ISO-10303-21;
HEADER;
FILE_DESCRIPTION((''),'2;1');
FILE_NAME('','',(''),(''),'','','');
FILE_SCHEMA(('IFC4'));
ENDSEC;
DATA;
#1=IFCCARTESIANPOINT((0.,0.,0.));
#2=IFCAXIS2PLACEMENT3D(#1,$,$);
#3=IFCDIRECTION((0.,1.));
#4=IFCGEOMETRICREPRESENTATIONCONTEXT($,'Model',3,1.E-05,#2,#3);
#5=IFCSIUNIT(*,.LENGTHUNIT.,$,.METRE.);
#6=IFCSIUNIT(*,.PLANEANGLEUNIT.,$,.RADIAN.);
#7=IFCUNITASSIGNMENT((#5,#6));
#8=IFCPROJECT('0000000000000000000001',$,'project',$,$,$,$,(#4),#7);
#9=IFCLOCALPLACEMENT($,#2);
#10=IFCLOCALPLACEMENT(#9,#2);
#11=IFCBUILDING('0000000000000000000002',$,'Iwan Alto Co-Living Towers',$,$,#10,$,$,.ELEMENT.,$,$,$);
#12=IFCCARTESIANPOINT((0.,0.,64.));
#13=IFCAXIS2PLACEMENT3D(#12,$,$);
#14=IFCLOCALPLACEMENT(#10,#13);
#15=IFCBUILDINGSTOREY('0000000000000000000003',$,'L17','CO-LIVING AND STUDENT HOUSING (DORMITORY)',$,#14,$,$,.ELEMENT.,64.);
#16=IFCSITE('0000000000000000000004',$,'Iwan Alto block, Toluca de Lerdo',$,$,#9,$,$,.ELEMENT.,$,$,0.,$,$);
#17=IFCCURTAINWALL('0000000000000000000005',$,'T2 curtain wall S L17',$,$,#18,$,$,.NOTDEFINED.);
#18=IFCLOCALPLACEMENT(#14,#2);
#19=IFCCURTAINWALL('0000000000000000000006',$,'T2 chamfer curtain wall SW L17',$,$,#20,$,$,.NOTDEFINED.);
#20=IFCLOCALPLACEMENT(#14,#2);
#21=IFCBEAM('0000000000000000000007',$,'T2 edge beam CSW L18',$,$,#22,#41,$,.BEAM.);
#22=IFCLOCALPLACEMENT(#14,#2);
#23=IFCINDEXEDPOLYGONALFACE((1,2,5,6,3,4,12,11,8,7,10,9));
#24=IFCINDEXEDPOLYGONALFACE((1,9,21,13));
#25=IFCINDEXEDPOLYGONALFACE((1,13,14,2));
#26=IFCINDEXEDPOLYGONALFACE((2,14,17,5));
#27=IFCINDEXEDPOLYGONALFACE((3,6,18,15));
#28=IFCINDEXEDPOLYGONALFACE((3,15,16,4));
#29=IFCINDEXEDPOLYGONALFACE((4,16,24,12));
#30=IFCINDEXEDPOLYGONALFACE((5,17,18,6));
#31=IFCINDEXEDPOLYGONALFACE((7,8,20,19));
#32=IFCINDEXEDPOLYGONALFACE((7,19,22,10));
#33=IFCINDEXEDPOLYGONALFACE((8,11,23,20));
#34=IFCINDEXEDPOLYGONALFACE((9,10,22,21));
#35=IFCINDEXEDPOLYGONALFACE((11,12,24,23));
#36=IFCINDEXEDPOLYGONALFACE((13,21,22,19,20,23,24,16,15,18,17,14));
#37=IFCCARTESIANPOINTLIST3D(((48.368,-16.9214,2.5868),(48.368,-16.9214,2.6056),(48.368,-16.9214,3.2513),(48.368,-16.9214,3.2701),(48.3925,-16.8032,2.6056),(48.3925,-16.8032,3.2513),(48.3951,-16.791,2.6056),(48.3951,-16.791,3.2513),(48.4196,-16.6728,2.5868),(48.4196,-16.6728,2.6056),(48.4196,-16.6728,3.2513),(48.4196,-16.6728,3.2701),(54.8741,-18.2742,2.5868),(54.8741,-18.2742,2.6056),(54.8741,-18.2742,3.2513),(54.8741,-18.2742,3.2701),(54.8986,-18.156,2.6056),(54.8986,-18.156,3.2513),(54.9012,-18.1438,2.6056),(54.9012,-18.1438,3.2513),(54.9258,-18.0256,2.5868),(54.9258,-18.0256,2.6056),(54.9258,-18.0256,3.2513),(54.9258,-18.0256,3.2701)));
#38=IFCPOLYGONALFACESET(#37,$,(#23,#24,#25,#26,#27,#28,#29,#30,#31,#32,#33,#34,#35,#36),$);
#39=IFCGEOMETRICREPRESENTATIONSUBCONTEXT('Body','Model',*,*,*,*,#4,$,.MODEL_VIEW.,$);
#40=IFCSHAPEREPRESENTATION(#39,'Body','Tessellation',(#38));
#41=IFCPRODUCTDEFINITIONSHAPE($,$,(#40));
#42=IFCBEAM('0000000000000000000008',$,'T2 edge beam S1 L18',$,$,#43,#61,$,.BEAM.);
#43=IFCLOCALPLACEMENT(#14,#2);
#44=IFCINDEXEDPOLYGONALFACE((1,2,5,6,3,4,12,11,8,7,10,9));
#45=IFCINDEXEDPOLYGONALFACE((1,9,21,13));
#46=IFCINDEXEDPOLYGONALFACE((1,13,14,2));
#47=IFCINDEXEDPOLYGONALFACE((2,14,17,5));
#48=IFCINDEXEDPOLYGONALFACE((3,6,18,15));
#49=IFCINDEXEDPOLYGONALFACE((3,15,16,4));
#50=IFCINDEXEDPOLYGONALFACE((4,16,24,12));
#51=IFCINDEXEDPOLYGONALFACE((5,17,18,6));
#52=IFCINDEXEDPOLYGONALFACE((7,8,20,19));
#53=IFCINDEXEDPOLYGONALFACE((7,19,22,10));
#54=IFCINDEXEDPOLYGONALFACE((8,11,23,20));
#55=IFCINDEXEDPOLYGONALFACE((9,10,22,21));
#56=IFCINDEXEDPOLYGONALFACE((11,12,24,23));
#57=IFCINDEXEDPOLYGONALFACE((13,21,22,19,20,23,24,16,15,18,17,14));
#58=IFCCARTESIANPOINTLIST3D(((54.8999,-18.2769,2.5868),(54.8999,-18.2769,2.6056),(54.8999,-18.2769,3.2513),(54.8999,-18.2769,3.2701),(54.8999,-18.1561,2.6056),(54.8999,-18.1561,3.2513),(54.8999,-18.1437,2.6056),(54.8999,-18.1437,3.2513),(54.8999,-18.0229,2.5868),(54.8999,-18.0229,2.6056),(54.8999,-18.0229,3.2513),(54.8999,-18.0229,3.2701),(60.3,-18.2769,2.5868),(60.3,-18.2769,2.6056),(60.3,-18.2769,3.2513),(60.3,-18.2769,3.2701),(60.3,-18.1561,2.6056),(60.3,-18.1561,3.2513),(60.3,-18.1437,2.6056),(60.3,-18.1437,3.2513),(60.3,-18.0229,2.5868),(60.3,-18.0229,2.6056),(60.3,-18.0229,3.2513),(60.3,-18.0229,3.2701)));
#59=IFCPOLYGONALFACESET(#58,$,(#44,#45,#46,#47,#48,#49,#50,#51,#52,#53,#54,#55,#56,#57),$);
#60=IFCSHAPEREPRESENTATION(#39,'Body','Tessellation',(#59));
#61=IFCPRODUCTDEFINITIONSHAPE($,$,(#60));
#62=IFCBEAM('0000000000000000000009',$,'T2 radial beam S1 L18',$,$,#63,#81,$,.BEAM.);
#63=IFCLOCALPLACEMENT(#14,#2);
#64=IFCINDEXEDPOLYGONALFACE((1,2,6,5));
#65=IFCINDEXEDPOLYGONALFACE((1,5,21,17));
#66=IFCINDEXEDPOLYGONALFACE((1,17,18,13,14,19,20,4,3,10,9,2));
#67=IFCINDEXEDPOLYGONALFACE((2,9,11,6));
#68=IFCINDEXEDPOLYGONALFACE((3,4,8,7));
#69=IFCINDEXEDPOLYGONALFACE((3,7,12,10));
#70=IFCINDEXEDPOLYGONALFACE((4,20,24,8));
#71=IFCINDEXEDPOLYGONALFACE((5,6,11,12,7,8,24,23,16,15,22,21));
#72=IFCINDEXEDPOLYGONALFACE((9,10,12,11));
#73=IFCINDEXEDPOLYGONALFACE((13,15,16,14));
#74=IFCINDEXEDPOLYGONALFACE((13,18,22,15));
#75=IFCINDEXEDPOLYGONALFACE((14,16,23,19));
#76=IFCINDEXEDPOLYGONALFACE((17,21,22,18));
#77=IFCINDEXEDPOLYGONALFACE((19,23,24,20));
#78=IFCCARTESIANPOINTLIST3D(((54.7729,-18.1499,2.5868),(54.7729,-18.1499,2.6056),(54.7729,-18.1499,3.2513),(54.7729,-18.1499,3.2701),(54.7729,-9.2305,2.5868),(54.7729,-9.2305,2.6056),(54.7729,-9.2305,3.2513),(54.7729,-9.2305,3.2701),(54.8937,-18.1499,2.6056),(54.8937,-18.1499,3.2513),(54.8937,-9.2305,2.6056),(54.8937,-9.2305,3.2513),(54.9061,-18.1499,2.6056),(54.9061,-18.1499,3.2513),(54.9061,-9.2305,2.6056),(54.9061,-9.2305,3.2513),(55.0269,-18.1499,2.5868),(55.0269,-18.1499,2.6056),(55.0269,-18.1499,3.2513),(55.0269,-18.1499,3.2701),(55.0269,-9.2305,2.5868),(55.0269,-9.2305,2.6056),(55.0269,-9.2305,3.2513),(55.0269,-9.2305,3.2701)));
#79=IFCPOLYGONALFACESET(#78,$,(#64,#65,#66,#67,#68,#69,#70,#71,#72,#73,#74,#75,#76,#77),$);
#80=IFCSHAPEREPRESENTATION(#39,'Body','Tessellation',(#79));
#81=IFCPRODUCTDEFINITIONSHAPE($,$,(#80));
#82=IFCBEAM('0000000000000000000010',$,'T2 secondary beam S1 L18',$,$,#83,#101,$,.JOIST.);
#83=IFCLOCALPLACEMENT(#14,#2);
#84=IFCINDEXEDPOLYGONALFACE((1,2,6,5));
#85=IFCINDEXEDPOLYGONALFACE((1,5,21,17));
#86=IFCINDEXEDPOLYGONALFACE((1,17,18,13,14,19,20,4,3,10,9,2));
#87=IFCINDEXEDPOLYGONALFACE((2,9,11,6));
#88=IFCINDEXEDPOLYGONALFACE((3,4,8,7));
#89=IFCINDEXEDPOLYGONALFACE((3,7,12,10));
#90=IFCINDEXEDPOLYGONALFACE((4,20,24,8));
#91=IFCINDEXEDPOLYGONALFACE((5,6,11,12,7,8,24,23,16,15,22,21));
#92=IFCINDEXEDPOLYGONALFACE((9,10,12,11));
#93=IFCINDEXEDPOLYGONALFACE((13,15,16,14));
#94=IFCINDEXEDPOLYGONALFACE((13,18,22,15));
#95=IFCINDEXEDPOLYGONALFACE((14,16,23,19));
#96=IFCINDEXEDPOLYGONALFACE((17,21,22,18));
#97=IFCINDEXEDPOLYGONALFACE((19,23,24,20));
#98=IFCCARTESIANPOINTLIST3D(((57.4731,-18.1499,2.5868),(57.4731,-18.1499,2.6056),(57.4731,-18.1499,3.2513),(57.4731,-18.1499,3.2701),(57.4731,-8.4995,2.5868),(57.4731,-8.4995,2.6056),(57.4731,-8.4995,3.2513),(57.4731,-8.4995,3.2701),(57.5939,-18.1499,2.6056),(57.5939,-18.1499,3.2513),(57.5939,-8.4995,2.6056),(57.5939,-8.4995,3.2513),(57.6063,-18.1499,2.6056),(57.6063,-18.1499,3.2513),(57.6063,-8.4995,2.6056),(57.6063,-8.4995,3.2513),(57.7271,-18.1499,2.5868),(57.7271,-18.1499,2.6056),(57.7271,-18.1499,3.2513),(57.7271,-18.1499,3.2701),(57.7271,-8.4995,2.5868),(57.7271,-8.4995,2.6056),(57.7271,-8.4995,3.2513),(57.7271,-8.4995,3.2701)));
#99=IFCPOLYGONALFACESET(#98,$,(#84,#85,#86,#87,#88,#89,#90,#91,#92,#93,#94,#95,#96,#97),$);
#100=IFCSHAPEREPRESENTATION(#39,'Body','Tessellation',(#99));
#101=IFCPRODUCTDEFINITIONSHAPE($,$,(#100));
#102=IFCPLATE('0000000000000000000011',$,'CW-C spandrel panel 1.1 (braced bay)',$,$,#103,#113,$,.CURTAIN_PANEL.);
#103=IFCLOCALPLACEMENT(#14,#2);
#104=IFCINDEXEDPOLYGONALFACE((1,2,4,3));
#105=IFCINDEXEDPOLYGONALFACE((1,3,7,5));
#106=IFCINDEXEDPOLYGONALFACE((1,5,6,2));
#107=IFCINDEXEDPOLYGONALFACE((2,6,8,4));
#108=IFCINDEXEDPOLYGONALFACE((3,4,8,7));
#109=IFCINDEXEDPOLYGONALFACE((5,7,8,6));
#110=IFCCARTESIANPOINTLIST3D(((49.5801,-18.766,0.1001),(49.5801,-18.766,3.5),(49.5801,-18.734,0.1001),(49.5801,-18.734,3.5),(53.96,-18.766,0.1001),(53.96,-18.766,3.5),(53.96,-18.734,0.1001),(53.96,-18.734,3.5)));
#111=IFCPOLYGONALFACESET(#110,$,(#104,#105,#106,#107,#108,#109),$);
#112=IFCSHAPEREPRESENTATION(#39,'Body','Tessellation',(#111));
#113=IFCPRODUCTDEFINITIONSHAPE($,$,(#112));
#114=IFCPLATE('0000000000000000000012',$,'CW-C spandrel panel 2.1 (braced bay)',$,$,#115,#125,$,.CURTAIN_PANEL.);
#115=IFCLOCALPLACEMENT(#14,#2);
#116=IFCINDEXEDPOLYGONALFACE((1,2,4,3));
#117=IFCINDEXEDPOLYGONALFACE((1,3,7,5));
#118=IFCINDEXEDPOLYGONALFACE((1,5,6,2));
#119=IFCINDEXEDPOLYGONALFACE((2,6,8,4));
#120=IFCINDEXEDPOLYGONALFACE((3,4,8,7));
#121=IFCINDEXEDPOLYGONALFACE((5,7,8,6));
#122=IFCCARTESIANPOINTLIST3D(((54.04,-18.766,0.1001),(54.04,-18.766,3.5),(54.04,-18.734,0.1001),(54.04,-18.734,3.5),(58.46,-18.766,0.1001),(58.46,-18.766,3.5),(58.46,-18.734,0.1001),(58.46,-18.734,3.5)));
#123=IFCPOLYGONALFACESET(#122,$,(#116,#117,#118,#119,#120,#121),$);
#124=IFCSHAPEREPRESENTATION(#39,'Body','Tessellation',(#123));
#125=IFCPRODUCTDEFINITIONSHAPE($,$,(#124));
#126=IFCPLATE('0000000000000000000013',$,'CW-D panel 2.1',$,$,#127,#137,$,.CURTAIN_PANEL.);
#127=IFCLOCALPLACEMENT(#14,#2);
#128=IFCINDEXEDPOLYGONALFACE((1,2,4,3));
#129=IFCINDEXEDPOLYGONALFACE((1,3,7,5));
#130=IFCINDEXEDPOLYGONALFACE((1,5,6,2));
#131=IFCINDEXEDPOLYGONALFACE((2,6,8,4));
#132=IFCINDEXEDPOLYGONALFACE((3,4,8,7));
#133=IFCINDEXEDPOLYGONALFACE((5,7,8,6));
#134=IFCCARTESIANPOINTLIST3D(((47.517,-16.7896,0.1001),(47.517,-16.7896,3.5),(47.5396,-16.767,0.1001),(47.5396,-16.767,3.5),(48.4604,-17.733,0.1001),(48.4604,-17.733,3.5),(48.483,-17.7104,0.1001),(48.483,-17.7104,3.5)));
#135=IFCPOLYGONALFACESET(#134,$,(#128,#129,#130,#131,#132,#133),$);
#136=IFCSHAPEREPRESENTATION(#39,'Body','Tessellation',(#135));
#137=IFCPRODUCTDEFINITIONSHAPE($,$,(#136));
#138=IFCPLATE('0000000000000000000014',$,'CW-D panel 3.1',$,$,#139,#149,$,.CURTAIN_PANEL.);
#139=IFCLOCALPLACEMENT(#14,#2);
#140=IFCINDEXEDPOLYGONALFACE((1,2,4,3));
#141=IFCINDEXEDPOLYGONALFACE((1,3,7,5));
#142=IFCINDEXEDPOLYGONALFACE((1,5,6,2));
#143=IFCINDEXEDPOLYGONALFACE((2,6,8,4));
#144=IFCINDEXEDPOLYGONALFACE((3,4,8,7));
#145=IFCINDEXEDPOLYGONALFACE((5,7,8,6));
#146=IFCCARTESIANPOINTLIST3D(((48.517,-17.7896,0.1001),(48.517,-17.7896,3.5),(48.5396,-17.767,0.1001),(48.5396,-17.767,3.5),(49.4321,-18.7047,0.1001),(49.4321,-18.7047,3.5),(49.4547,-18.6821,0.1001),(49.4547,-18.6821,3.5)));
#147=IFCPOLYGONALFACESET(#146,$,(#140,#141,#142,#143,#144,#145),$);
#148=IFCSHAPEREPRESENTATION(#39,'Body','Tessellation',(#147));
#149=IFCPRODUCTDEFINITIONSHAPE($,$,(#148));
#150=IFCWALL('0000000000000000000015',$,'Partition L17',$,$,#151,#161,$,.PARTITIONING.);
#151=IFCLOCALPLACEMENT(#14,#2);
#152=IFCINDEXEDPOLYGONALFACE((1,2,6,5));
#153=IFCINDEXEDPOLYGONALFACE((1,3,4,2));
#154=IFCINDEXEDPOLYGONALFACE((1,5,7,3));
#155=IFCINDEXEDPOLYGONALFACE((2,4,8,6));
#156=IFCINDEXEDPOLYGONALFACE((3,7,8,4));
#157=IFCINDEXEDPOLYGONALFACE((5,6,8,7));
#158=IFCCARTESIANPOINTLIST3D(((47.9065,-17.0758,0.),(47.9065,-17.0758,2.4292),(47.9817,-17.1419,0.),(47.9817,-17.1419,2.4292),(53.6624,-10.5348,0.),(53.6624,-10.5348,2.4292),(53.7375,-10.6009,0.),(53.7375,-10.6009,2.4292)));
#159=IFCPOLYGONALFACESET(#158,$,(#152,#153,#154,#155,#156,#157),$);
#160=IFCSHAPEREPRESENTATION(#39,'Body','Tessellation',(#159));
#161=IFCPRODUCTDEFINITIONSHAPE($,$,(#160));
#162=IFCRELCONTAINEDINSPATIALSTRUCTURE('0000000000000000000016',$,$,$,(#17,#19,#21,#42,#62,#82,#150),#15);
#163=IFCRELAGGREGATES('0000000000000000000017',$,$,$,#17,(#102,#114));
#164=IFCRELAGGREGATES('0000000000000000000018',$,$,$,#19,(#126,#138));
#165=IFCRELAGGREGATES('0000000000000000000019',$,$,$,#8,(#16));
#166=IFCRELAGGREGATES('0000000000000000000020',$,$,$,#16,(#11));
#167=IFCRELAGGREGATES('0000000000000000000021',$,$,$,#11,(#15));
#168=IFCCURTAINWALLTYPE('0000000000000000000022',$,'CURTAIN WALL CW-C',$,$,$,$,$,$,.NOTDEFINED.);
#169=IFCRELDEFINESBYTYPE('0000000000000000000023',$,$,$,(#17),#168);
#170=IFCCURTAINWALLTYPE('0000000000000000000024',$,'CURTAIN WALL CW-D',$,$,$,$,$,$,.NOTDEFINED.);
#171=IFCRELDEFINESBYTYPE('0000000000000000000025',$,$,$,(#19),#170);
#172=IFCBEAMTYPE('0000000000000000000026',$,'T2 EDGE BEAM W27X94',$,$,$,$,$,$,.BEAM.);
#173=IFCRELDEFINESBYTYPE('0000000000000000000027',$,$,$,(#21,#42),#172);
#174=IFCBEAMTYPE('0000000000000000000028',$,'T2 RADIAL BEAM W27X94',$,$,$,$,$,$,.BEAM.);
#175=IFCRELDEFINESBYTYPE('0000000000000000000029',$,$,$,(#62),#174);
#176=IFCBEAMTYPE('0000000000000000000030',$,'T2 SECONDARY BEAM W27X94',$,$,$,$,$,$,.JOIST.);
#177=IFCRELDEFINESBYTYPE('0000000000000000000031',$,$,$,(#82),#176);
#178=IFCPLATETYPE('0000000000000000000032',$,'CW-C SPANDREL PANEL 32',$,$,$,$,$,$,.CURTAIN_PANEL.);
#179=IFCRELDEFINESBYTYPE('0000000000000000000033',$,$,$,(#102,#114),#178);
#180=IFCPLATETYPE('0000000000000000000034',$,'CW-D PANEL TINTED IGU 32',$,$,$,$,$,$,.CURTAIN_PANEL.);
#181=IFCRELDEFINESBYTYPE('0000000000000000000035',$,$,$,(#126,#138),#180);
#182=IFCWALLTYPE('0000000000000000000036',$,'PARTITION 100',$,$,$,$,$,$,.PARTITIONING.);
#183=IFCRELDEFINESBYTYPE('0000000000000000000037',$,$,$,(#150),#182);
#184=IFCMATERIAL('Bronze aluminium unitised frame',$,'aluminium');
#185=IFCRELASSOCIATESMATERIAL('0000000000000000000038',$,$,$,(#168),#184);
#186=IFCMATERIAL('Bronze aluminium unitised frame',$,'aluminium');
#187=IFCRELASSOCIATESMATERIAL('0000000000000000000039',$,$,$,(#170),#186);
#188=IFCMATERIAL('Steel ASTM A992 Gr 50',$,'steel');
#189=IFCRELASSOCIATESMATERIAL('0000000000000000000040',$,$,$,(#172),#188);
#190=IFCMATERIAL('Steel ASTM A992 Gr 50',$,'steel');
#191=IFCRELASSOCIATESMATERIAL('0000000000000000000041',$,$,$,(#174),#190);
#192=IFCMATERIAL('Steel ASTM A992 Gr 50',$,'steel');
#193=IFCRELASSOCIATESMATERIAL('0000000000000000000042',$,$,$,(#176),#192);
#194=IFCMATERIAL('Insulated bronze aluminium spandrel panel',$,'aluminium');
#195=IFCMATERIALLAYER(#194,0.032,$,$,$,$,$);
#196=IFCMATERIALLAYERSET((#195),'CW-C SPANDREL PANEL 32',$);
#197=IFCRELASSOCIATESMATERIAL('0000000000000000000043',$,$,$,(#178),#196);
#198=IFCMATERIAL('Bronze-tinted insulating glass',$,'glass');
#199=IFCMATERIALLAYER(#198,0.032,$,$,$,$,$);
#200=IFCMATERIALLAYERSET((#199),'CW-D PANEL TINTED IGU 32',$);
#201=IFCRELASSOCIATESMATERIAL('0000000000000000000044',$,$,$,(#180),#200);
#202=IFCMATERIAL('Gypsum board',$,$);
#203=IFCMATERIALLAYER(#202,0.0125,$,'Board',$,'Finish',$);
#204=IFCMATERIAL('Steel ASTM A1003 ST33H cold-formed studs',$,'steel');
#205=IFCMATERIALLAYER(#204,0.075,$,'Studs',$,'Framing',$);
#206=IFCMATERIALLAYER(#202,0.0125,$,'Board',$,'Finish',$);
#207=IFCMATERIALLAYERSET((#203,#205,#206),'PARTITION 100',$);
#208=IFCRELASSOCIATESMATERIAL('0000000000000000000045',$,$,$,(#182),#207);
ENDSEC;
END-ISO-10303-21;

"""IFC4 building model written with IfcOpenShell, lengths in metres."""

from ifc_helpers import new_model, si_unit, direction, frame, frame_2d, origin, origin_2d, place, context, subcontext, project, spatial, rectangle, i_section, extrude, material, layer, layer_set, material_profile, profile_set, type_object, element, aggregate, save


model = new_model("IFC4")

# Units and contexts
model_context = context("Model", 3, precision=1e-05, world=origin(), true_north=direction((0.0, 1.0)))
body_context = subcontext(model_context, "Body", "Model", "MODEL_VIEW")
ifc_project = project(units=[si_unit("LENGTHUNIT", "METRE"), si_unit("PLANEANGLEUNIT", "RADIAN")], contexts=[model_context])

# Site, building, storey
site_placement = place(None, origin())
site = spatial("IfcSite", under=ifc_project, at=site_placement, Name="Iwan Alto block, Toluca de Lerdo", CompositionType="ELEMENT", RefElevation=0.0)
building_placement = place(site_placement, origin())
building = spatial("IfcBuilding", under=site, at=building_placement, Name="Iwan Alto Co-Living Towers", CompositionType="ELEMENT")
storey_placement = place(building_placement, frame((0.0, 0.0, 64.0)))
storey = spatial("IfcBuildingStorey", under=building, at=storey_placement, Name="L17", Description="CO-LIVING AND STUDENT HOUSING (DORMITORY)", CompositionType="ELEMENT", Elevation=64.0)

# Curtain walls
ifc_material_1 = material(Name="Bronze aluminium unitised frame", Category="aluminium")
curtain_wall_type_1 = type_object("IfcCurtainWallType", Name="CURTAIN WALL CW-C", PredefinedType="NOTDEFINED", material=ifc_material_1)
curtain_wall_1_placement = place(storey_placement, origin())
curtain_wall_1 = element("IfcCurtainWall", 1, at=curtain_wall_1_placement, inside=storey, type_object=curtain_wall_type_1, Name="T2 curtain wall S L17", PredefinedType="NOTDEFINED")
ifc_material_2 = material(Name="Bronze aluminium unitised frame", Category="aluminium")
curtain_wall_type_2 = type_object("IfcCurtainWallType", Name="CURTAIN WALL CW-D", PredefinedType="NOTDEFINED", material=ifc_material_2)
curtain_wall_2_placement = place(storey_placement, origin())
curtain_wall_2 = element("IfcCurtainWall", 2, at=curtain_wall_2_placement, inside=storey, type_object=curtain_wall_type_2, Name="T2 chamfer curtain wall SW L17", PredefinedType="NOTDEFINED")

# Beams
ifc_material_3 = material(Name="Steel ASTM A992 Gr 50", Category="steel")
ifc_material_profile_1 = material_profile(ifc_material_3, i_section(OverallWidth=0.2539, OverallDepth=0.6833, WebThickness=0.0125, FlangeThickness=0.0188, at=origin_2d()), Name="W27X94")
ifc_profile_set_1 = profile_set([ifc_material_profile_1], Name="Steel ASTM A992 Gr 50")
beam_type_1 = type_object("IfcBeamType", Name="T2 EDGE BEAM W27X94", PredefinedType="BEAM", material=ifc_profile_set_1)
beam_1_placement = place(storey_placement, frame((48.3938, -16.7971, 2.9285), z_axis=(0.97906, -0.203571, 0.0), x_axis=(0.203571, 0.97906, 0.0)))
element("IfcBeam", 3, at=beam_1_placement, inside=storey, type_object=beam_type_1, Name="T2 edge beam CSW L18", PredefinedType="BEAM", context=body_context, shape_type="SweptSolid", body=[
    extrude(i_section(OverallWidth=0.2539, OverallDepth=0.6833, WebThickness=0.0125, FlangeThickness=0.0188, at=origin_2d()), origin(), (0.0, 0.0, 1.0), 6.6453),
])
beam_2_placement = place(storey_placement, frame((54.8999, -18.1499, 2.9285), z_axis=(1.0, 0.0, 0.0), x_axis=(0.0, 1.0, 0.0)))
element("IfcBeam", 4, at=beam_2_placement, inside=storey, type_object=beam_type_1, Name="T2 edge beam S1 L18", PredefinedType="BEAM", context=body_context, shape_type="SweptSolid", body=[
    extrude(i_section(OverallWidth=0.2539, OverallDepth=0.6833, WebThickness=0.0125, FlangeThickness=0.0188, at=origin_2d()), origin(), (0.0, 0.0, 1.0), 5.4001),
])
ifc_material_4 = material(Name="Steel ASTM A992 Gr 50", Category="steel")
ifc_material_profile_2 = material_profile(ifc_material_4, i_section(OverallWidth=0.2539, OverallDepth=0.6833, WebThickness=0.0125, FlangeThickness=0.0188, at=origin_2d()), Name="W27X94")
ifc_profile_set_2 = profile_set([ifc_material_profile_2], Name="Steel ASTM A992 Gr 50")
beam_type_2 = type_object("IfcBeamType", Name="T2 RADIAL BEAM W27X94", PredefinedType="BEAM", material=ifc_profile_set_2)
beam_3_placement = place(storey_placement, frame((54.8999, -18.1499, 2.9285), z_axis=(0.0, 1.0, 0.0), x_axis=(-1.0, 0.0, 0.0)))
element("IfcBeam", 5, at=beam_3_placement, inside=storey, type_object=beam_type_2, Name="T2 radial beam S1 L18", PredefinedType="BEAM", context=body_context, shape_type="SweptSolid", body=[
    extrude(i_section(OverallWidth=0.2539, OverallDepth=0.6833, WebThickness=0.0125, FlangeThickness=0.0188, at=origin_2d()), origin(), (0.0, 0.0, 1.0), 8.9194),
])
ifc_material_5 = material(Name="Steel ASTM A992 Gr 50", Category="steel")
ifc_material_profile_3 = material_profile(ifc_material_5, i_section(OverallWidth=0.2539, OverallDepth=0.6833, WebThickness=0.0125, FlangeThickness=0.0188, at=origin_2d()), Name="W27X94")
ifc_profile_set_3 = profile_set([ifc_material_profile_3], Name="Steel ASTM A992 Gr 50")
beam_type_3 = type_object("IfcBeamType", Name="T2 SECONDARY BEAM W27X94", PredefinedType="JOIST", material=ifc_profile_set_3)
beam_4_placement = place(storey_placement, frame((57.6001, -18.1499, 2.9285), z_axis=(0.0, 1.0, 0.0), x_axis=(-1.0, 0.0, 0.0)))
element("IfcBeam", 6, at=beam_4_placement, inside=storey, type_object=beam_type_3, Name="T2 secondary beam S1 L18", PredefinedType="JOIST", context=body_context, shape_type="SweptSolid", body=[
    extrude(i_section(OverallWidth=0.2539, OverallDepth=0.6833, WebThickness=0.0125, FlangeThickness=0.0188, at=origin_2d()), origin(), (0.0, 0.0, 1.0), 9.6504),
])

# Plates
ifc_material_6 = material(Name="Insulated bronze aluminium spandrel panel", Category="aluminium")
ifc_layer_1 = layer(ifc_material_6, 0.032)
ifc_layer_set_1 = layer_set([ifc_layer_1], Name="CW-C SPANDREL PANEL 32")
plate_type_1 = type_object("IfcPlateType", Name="CW-C SPANDREL PANEL 32", PredefinedType="CURTAIN_PANEL", material=ifc_layer_set_1)
plate_1_placement = place(storey_placement, frame((51.77, -18.75, 0.1001), z_axis=(0.0, 0.0, 1.0), x_axis=(1.0, 0.0, 0.0)))
plate_1 = element("IfcPlate", 7, at=plate_1_placement, type_object=plate_type_1, Name="CW-C spandrel panel 1.1 (braced bay)", PredefinedType="CURTAIN_PANEL", context=body_context, shape_type="SweptSolid", body=[
    extrude(rectangle(XDim=4.3799, YDim=0.032, at=origin_2d()), origin(), (0.0, 0.0, 1.0), 3.3999),
])
plate_2_placement = place(storey_placement, frame((56.25, -18.75, 0.1001), z_axis=(0.0, 0.0, 1.0), x_axis=(1.0, 0.0, 0.0)))
plate_2 = element("IfcPlate", 8, at=plate_2_placement, type_object=plate_type_1, Name="CW-C spandrel panel 2.1 (braced bay)", PredefinedType="CURTAIN_PANEL", context=body_context, shape_type="SweptSolid", body=[
    extrude(rectangle(XDim=4.4199, YDim=0.032, at=origin_2d()), origin(), (0.0, 0.0, 1.0), 3.3999),
])
aggregate(curtain_wall_1, [plate_1, plate_2])
ifc_material_7 = material(Name="Bronze-tinted insulating glass", Category="glass")
ifc_layer_2 = layer(ifc_material_7, 0.032)
ifc_layer_set_2 = layer_set([ifc_layer_2], Name="CW-D PANEL TINTED IGU 32")
plate_type_2 = type_object("IfcPlateType", Name="CW-D PANEL TINTED IGU 32", PredefinedType="CURTAIN_PANEL", material=ifc_layer_set_2)
plate_3_placement = place(storey_placement, frame((48.0, -17.25, 0.1001), z_axis=(0.0, 0.0, 1.0), x_axis=(0.707107, -0.707107, 0.0)))
plate_3 = element("IfcPlate", 9, at=plate_3_placement, type_object=plate_type_2, Name="CW-D panel 2.1", PredefinedType="CURTAIN_PANEL", context=body_context, shape_type="SweptSolid", body=[
    extrude(rectangle(XDim=1.3342, YDim=0.032, at=origin_2d()), origin(), (0.0, 0.0, 1.0), 3.3999),
])
plate_4_placement = place(storey_placement, frame((48.9858, -18.2358, 0.1001), z_axis=(0.0, 0.0, 1.0), x_axis=(0.707107, -0.707107, 0.0)))
plate_4 = element("IfcPlate", 10, at=plate_4_placement, type_object=plate_type_2, Name="CW-D panel 3.1", PredefinedType="CURTAIN_PANEL", context=body_context, shape_type="SweptSolid", body=[
    extrude(rectangle(XDim=1.2942, YDim=0.032, at=origin_2d()), origin(), (0.0, 0.0, 1.0), 3.3999),
])
aggregate(curtain_wall_2, [plate_3, plate_4])

# Wall
ifc_material_8 = material(Name="Gypsum board")
ifc_layer_3 = layer(ifc_material_8, 0.0125, Name="Board", Category="Finish")
ifc_material_9 = material(Name="Steel ASTM A1003 ST33H cold-formed studs", Category="steel")
ifc_layer_4 = layer(ifc_material_9, 0.075, Name="Studs", Category="Framing")
ifc_layer_5 = layer(ifc_material_8, 0.0125, Name="Board", Category="Finish")
ifc_layer_set_3 = layer_set([ifc_layer_3, ifc_layer_4, ifc_layer_5], Name="PARTITION 100")
wall_type = type_object("IfcWallType", Name="PARTITION 100", PredefinedType="PARTITIONING", material=ifc_layer_set_3)
wall_1_placement = place(storey_placement, frame((47.9441, -17.1089, 0.0), z_axis=(0.0, 0.0, 1.0), x_axis=(0.660613, 0.750727, 0.0)))
element("IfcWall", 11, at=wall_1_placement, inside=storey, type_object=wall_type, Name="Partition L17", PredefinedType="PARTITIONING", context=body_context, shape_type="SweptSolid", body=[
    extrude(rectangle(XDim=8.7129, YDim=0.1001, at=frame_2d((4.3564, 0.0))), origin(), (0.0, 0.0, 1.0), 2.4292),
])

save(model, "model.ifc")
